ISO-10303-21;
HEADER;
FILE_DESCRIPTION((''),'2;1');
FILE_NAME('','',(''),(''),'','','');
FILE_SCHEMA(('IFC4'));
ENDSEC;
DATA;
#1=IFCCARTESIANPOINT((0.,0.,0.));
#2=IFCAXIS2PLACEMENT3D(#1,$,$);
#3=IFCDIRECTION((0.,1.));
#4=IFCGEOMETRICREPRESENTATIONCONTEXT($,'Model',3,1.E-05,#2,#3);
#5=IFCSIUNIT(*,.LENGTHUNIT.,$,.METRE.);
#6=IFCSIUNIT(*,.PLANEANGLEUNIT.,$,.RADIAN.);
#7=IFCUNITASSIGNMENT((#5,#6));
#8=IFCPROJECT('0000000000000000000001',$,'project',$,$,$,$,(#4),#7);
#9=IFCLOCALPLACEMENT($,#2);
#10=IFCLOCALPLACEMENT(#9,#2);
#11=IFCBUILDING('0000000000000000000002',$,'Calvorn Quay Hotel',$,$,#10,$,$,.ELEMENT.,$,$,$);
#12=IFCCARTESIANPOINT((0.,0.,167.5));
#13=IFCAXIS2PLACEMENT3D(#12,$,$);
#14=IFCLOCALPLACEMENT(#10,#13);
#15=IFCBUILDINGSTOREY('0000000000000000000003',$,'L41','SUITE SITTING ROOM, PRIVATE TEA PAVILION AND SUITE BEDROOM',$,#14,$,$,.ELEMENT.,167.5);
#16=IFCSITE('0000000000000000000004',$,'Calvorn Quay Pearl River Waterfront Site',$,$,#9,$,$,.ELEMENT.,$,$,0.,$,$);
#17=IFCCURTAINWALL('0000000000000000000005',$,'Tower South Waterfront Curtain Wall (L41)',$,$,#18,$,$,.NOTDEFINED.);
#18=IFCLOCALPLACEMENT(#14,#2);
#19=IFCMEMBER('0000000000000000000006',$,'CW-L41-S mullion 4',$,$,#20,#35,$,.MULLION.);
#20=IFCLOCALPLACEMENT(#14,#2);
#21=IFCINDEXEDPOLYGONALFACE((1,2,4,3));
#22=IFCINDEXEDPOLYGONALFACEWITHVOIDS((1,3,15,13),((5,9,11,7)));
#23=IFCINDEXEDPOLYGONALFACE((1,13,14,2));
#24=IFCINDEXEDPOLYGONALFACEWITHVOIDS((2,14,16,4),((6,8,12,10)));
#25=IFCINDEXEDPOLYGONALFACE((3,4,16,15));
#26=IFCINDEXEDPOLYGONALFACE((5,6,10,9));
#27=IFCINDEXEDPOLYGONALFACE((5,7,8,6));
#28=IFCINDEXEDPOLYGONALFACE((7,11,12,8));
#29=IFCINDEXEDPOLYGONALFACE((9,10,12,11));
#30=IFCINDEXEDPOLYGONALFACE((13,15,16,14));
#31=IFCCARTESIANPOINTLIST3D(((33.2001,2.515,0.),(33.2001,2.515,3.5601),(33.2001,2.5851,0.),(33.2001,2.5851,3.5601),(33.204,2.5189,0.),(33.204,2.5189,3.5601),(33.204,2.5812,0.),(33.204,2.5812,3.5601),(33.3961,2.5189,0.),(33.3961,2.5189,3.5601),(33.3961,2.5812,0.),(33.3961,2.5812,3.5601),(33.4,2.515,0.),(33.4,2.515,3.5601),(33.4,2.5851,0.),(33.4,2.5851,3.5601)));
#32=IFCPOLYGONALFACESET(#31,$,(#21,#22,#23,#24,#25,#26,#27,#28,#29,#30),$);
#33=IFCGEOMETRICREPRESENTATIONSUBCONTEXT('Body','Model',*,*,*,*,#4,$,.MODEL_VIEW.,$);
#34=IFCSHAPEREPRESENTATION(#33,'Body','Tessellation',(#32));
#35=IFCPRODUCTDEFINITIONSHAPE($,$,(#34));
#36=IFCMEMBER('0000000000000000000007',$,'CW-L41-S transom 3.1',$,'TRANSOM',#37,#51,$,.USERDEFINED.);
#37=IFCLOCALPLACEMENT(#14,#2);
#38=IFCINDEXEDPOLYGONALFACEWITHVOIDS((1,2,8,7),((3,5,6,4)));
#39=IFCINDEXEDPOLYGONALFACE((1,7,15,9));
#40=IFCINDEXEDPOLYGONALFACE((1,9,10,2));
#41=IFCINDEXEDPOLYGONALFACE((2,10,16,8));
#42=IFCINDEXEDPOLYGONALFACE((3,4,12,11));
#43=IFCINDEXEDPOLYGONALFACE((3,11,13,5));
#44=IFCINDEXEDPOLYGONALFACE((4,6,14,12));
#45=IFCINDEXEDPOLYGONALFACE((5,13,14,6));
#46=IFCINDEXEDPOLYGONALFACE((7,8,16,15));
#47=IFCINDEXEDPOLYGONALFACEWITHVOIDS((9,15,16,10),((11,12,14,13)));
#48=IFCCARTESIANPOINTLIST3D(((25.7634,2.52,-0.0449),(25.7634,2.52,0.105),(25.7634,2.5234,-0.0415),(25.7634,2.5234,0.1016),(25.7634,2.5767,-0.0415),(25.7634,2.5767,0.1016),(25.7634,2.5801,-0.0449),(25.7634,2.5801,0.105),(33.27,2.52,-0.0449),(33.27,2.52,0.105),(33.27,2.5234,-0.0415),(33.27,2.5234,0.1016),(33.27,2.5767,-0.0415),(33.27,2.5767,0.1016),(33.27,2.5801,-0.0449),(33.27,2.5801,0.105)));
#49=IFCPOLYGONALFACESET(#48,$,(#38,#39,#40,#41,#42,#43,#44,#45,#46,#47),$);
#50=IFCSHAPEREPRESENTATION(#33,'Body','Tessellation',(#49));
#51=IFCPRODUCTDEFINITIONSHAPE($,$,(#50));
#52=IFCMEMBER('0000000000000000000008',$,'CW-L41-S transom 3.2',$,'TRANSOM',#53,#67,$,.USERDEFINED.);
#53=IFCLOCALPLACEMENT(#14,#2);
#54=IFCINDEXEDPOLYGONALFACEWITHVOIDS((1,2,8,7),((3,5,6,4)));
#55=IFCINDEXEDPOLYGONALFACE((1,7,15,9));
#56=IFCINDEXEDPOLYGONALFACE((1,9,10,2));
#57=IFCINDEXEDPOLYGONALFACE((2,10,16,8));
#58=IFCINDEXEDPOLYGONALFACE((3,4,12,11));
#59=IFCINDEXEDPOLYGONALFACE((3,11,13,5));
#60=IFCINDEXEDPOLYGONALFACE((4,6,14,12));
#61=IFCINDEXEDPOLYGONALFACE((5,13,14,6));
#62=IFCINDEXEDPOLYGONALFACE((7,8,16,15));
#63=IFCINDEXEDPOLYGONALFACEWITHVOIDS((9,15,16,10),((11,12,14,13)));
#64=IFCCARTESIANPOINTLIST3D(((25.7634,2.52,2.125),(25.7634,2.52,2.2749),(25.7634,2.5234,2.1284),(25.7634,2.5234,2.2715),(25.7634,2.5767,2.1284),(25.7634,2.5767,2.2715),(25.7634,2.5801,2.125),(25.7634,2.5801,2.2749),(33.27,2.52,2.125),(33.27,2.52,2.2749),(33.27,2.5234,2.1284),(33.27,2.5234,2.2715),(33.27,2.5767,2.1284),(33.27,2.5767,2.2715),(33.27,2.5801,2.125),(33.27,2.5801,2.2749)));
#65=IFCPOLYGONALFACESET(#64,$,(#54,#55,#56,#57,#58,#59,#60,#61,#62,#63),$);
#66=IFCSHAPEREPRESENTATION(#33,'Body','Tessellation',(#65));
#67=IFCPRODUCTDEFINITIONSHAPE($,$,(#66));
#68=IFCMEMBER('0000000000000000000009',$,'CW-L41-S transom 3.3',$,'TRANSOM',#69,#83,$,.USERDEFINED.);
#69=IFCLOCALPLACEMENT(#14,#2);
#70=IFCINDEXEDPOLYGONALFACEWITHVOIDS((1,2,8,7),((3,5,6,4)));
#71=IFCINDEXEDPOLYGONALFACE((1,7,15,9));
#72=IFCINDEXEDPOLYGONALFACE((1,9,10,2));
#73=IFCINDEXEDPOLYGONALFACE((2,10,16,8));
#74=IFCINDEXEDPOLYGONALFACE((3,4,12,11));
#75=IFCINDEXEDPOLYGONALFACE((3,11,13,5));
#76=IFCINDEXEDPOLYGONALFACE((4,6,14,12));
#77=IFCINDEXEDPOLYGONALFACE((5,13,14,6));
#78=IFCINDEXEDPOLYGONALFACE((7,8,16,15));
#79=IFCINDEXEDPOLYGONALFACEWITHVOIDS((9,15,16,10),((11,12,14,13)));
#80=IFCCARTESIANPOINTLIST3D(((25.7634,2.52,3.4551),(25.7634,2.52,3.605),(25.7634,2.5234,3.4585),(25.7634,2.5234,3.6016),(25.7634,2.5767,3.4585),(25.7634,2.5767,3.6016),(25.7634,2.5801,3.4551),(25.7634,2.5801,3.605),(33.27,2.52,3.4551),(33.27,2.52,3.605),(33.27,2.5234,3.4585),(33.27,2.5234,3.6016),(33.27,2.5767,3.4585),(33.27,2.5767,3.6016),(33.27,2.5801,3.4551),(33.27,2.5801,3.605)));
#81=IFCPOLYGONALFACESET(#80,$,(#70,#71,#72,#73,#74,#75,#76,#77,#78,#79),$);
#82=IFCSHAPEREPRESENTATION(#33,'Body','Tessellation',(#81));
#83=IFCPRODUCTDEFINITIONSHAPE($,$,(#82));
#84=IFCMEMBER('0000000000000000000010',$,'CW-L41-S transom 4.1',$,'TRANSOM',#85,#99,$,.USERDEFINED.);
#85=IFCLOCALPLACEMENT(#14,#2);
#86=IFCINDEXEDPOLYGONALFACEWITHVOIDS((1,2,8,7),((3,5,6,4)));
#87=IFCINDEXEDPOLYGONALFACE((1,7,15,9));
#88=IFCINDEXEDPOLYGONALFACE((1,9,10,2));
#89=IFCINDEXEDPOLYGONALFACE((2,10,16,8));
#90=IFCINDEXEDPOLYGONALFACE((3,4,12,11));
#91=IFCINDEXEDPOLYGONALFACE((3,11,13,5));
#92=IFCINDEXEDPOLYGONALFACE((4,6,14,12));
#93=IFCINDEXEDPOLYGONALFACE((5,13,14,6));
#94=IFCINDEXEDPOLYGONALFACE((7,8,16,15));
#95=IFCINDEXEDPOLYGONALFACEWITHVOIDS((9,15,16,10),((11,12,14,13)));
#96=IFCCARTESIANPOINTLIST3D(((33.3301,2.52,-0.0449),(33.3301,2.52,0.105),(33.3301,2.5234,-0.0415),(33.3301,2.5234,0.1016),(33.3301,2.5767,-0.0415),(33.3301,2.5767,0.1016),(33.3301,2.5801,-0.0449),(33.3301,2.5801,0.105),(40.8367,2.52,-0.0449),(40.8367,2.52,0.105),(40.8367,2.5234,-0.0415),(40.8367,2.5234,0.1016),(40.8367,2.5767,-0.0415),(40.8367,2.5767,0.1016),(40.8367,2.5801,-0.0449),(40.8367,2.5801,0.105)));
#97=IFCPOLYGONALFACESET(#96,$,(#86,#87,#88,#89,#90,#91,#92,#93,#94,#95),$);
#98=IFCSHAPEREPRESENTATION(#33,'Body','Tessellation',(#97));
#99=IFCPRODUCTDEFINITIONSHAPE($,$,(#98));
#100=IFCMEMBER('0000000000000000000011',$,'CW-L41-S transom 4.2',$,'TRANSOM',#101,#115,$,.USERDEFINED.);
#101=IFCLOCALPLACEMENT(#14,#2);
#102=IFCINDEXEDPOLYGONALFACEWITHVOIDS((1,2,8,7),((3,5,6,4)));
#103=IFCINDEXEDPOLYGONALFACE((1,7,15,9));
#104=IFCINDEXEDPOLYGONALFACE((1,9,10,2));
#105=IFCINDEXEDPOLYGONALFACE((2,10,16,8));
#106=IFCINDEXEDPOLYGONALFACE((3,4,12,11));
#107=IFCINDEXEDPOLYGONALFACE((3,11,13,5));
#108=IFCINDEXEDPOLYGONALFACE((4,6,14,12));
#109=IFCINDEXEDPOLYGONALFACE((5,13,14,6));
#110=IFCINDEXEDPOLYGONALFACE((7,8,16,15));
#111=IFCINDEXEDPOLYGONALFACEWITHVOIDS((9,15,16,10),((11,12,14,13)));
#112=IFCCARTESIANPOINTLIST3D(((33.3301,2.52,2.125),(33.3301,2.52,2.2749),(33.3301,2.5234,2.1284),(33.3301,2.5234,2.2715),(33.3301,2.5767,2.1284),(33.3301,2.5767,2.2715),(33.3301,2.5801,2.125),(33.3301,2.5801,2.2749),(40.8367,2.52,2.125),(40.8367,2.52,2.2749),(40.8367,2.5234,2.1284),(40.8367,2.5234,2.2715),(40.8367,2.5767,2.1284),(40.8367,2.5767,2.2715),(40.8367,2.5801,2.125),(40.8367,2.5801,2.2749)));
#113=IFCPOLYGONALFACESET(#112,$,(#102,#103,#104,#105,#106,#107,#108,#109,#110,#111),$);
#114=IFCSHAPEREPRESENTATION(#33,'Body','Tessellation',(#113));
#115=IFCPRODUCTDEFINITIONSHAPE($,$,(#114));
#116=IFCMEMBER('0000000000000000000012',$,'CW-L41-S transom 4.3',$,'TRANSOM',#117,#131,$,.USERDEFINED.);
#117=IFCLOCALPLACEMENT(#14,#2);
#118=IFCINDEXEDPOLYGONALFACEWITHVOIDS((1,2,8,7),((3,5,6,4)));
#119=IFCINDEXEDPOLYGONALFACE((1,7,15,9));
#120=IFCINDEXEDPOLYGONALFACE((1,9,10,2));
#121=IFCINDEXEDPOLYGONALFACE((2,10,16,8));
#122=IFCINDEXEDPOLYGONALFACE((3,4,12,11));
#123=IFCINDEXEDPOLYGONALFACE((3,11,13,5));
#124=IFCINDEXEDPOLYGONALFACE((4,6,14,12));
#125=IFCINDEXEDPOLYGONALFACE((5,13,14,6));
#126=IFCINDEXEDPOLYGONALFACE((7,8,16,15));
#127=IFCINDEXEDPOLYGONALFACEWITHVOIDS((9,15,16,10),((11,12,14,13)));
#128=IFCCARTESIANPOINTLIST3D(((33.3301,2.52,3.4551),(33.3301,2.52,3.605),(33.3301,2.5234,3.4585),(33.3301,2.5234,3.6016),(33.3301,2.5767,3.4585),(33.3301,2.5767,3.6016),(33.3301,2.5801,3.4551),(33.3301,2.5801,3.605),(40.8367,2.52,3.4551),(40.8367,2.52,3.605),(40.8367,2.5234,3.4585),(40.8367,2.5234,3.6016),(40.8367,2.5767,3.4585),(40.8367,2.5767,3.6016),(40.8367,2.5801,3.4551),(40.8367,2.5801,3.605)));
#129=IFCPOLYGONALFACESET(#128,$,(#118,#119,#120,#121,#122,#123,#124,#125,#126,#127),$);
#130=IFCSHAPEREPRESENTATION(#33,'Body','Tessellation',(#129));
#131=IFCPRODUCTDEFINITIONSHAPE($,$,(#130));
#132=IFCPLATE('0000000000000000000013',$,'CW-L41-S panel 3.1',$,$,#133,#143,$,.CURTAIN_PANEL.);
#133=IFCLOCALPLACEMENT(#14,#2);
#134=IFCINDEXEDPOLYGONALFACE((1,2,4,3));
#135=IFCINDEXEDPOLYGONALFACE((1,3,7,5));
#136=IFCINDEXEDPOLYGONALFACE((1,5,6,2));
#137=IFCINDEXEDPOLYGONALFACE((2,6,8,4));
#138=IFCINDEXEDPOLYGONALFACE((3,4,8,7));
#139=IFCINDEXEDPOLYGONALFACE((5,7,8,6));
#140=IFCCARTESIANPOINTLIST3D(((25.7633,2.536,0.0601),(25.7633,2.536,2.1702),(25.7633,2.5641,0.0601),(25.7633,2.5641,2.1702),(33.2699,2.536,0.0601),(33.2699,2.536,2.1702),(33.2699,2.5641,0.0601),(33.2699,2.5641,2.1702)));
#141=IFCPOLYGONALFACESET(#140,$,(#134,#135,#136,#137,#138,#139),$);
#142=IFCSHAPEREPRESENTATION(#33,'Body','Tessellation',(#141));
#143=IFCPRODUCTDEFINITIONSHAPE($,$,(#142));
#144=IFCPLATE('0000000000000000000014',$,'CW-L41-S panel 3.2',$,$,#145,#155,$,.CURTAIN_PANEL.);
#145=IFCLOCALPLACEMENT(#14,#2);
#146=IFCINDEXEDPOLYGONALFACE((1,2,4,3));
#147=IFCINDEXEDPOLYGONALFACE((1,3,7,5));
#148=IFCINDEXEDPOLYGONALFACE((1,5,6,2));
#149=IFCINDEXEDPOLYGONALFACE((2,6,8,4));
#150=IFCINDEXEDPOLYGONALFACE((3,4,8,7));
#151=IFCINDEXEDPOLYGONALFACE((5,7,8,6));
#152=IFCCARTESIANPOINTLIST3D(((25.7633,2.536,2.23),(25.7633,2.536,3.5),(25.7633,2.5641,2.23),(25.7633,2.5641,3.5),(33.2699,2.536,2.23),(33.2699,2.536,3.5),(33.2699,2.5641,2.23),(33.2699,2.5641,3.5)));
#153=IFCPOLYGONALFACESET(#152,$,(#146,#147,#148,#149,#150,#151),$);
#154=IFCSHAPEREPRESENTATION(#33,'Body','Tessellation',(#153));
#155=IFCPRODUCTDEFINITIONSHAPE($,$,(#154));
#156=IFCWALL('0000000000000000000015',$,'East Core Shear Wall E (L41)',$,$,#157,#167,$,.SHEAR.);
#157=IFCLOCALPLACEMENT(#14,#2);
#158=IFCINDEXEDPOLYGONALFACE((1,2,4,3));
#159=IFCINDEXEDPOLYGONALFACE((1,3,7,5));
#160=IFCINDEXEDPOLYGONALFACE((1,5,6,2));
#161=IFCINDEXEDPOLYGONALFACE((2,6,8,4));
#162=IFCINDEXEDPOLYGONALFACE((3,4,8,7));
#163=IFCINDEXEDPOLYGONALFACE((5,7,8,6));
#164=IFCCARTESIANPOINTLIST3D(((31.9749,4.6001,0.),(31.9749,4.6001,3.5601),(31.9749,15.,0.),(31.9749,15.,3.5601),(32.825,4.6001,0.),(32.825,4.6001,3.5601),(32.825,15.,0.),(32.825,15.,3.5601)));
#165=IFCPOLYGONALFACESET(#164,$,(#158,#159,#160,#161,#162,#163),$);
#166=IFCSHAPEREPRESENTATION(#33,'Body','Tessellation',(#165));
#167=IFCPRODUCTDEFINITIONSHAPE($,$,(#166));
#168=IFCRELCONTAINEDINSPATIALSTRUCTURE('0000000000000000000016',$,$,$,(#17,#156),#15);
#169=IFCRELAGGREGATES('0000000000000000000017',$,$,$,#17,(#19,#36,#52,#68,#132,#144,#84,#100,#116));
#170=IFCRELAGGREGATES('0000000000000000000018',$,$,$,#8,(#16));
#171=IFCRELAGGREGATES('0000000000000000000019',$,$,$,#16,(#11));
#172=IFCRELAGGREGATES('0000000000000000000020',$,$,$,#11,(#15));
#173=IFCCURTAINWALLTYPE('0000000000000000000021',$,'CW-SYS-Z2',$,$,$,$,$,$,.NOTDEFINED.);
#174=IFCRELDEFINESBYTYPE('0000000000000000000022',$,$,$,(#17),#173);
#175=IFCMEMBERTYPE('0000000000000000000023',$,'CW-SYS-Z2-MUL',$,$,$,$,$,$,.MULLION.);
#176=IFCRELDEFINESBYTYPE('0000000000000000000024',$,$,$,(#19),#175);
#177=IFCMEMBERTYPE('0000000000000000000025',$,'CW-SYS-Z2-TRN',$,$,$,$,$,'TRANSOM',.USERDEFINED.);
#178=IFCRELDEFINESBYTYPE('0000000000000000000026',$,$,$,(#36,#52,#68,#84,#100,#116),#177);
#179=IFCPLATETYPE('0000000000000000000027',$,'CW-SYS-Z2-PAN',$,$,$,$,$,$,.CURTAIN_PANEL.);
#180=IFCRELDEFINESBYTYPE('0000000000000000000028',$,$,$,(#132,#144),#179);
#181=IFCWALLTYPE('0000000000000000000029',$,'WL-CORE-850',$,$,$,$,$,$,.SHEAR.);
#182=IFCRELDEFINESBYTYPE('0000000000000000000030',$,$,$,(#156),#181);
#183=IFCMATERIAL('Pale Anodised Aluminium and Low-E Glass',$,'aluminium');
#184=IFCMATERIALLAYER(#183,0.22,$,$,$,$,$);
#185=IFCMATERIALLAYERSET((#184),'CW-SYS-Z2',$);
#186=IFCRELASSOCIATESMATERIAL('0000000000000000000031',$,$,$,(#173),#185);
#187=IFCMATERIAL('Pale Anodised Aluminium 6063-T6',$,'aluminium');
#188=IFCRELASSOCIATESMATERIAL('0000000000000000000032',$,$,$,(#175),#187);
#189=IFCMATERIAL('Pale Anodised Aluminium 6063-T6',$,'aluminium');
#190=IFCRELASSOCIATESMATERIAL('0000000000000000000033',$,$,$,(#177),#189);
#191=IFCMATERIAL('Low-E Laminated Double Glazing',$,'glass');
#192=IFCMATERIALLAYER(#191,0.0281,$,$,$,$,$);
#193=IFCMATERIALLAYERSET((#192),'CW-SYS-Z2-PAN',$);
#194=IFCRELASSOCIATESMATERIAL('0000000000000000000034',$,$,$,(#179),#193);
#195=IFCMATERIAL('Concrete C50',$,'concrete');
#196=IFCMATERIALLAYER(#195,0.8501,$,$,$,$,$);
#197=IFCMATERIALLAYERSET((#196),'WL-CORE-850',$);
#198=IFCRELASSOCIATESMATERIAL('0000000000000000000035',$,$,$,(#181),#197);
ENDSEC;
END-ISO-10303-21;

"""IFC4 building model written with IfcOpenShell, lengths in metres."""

from ifc_helpers import new_model, si_unit, direction, frame, frame_2d, origin, origin_2d, place, context, subcontext, project, spatial, rectangle, hollow_rectangle, extrude, material, layer, layer_set, material_profile, profile_set, type_object, element, aggregate, save


model = new_model("IFC4")

# Units and contexts
model_context = context("Model", 3, precision=1e-05, world=origin(), true_north=direction((0.0, 1.0)))
body_context = subcontext(model_context, "Body", "Model", "MODEL_VIEW")
ifc_project = project(units=[si_unit("LENGTHUNIT", "METRE"), si_unit("PLANEANGLEUNIT", "RADIAN")], contexts=[model_context])

# Site, building, storey
site_placement = place(None, origin())
site = spatial("IfcSite", under=ifc_project, at=site_placement, Name="Calvorn Quay Pearl River Waterfront Site", CompositionType="ELEMENT", RefElevation=0.0)
building_placement = place(site_placement, origin())
building = spatial("IfcBuilding", under=site, at=building_placement, Name="Calvorn Quay Hotel", CompositionType="ELEMENT")
storey_placement = place(building_placement, frame((0.0, 0.0, 167.5)))
storey = spatial("IfcBuildingStorey", under=building, at=storey_placement, Name="L41", Description="SUITE SITTING ROOM, PRIVATE TEA PAVILION AND SUITE BEDROOM", CompositionType="ELEMENT", Elevation=167.5)

# Curtain wall, members, plates
ifc_material_1 = material(Name="Pale Anodised Aluminium and Low-E Glass", Category="aluminium")
ifc_layer_1 = layer(ifc_material_1, 0.22)
ifc_layer_set_1 = layer_set([ifc_layer_1], Name="CW-SYS-Z2")
curtain_wall_type = type_object("IfcCurtainWallType", Name="CW-SYS-Z2", PredefinedType="NOTDEFINED", material=ifc_layer_set_1)
curtain_wall_placement = place(storey_placement, origin())
curtain_wall = element("IfcCurtainWall", 1, at=curtain_wall_placement, inside=storey, type_object=curtain_wall_type, Name="Tower South Waterfront Curtain Wall (L41)", PredefinedType="NOTDEFINED")
ifc_material_2 = material(Name="Pale Anodised Aluminium 6063-T6", Category="aluminium")
ifc_material_profile_1 = material_profile(ifc_material_2, hollow_rectangle(XDim=0.0701, YDim=0.2, WallThickness=0.0039, at=origin_2d()), Name="ALU-M200x70x4")
ifc_profile_set_1 = profile_set([ifc_material_profile_1], Name="Pale Anodised Aluminium 6063-T6")
member_type_1 = type_object("IfcMemberType", Name="CW-SYS-Z2-MUL", PredefinedType="MULLION", material=ifc_profile_set_1)
member_1_placement = place(storey_placement, frame((33.3, 2.55, 0.0), z_axis=(0.0, 0.0, 1.0), x_axis=(0.0, 1.0, 0.0)))
member_1 = element("IfcMember", 2, at=member_1_placement, type_object=member_type_1, Name="CW-L41-S mullion 4", PredefinedType="MULLION", context=body_context, shape_type="SweptSolid", body=[
    extrude(hollow_rectangle(XDim=0.0701, YDim=0.2, WallThickness=0.0039, at=origin_2d()), origin(), (0.0, 0.0, 1.0), 3.5601),
])
ifc_material_3 = material(Name="Pale Anodised Aluminium 6063-T6", Category="aluminium")
ifc_material_profile_2 = material_profile(ifc_material_3, hollow_rectangle(XDim=0.0601, YDim=0.1499, WallThickness=0.0034, at=origin_2d()), Name="ALU-T150x60x3.5")
ifc_profile_set_2 = profile_set([ifc_material_profile_2], Name="Pale Anodised Aluminium 6063-T6")
member_type_2 = type_object("IfcMemberType", Name="CW-SYS-Z2-TRN", ElementType="TRANSOM", PredefinedType="USERDEFINED", material=ifc_profile_set_2)
member_2_placement = place(storey_placement, frame((25.7634, 2.55, 0.03), z_axis=(1.0, 0.0, 0.0), x_axis=(0.0, 1.0, 0.0)))
member_2 = element("IfcMember", 3, at=member_2_placement, type_object=member_type_2, Name="CW-L41-S transom 3.1", ObjectType="TRANSOM", PredefinedType="USERDEFINED", context=body_context, shape_type="SweptSolid", body=[
    extrude(hollow_rectangle(XDim=0.0601, YDim=0.1499, WallThickness=0.0034, at=origin_2d()), origin(), (0.0, 0.0, 1.0), 7.5066),
])
member_3_placement = place(storey_placement, frame((25.7634, 2.55, 2.2), z_axis=(1.0, 0.0, 0.0), x_axis=(0.0, 1.0, 0.0)))
member_3 = element("IfcMember", 4, at=member_3_placement, type_object=member_type_2, Name="CW-L41-S transom 3.2", ObjectType="TRANSOM", PredefinedType="USERDEFINED", context=body_context, shape_type="SweptSolid", body=[
    extrude(hollow_rectangle(XDim=0.0601, YDim=0.1499, WallThickness=0.0034, at=origin_2d()), origin(), (0.0, 0.0, 1.0), 7.5066),
])
member_4_placement = place(storey_placement, frame((25.7634, 2.55, 3.53), z_axis=(1.0, 0.0, 0.0), x_axis=(0.0, 1.0, 0.0)))
member_4 = element("IfcMember", 5, at=member_4_placement, type_object=member_type_2, Name="CW-L41-S transom 3.3", ObjectType="TRANSOM", PredefinedType="USERDEFINED", context=body_context, shape_type="SweptSolid", body=[
    extrude(hollow_rectangle(XDim=0.0601, YDim=0.1499, WallThickness=0.0034, at=origin_2d()), origin(), (0.0, 0.0, 1.0), 7.5066),
])
member_5_placement = place(storey_placement, frame((33.3301, 2.55, 0.03), z_axis=(1.0, 0.0, 0.0), x_axis=(0.0, 1.0, 0.0)))
member_5 = element("IfcMember", 6, at=member_5_placement, type_object=member_type_2, Name="CW-L41-S transom 4.1", ObjectType="TRANSOM", PredefinedType="USERDEFINED", context=body_context, shape_type="SweptSolid", body=[
    extrude(hollow_rectangle(XDim=0.0601, YDim=0.1499, WallThickness=0.0034, at=origin_2d()), origin(), (0.0, 0.0, 1.0), 7.5066),
])
member_6_placement = place(storey_placement, frame((33.3301, 2.55, 2.2), z_axis=(1.0, 0.0, 0.0), x_axis=(0.0, 1.0, 0.0)))
member_6 = element("IfcMember", 7, at=member_6_placement, type_object=member_type_2, Name="CW-L41-S transom 4.2", ObjectType="TRANSOM", PredefinedType="USERDEFINED", context=body_context, shape_type="SweptSolid", body=[
    extrude(hollow_rectangle(XDim=0.0601, YDim=0.1499, WallThickness=0.0034, at=origin_2d()), origin(), (0.0, 0.0, 1.0), 7.5066),
])
member_7_placement = place(storey_placement, frame((33.3301, 2.55, 3.53), z_axis=(1.0, 0.0, 0.0), x_axis=(0.0, 1.0, 0.0)))
member_7 = element("IfcMember", 8, at=member_7_placement, type_object=member_type_2, Name="CW-L41-S transom 4.3", ObjectType="TRANSOM", PredefinedType="USERDEFINED", context=body_context, shape_type="SweptSolid", body=[
    extrude(hollow_rectangle(XDim=0.0601, YDim=0.1499, WallThickness=0.0034, at=origin_2d()), origin(), (0.0, 0.0, 1.0), 7.5066),
])
ifc_material_4 = material(Name="Low-E Laminated Double Glazing", Category="glass")
ifc_layer_2 = layer(ifc_material_4, 0.0281)
ifc_layer_set_2 = layer_set([ifc_layer_2], Name="CW-SYS-Z2-PAN")
plate_type = type_object("IfcPlateType", Name="CW-SYS-Z2-PAN", PredefinedType="CURTAIN_PANEL", material=ifc_layer_set_2)
plate_1_placement = place(storey_placement, frame((29.5166, 2.55, 0.0601), z_axis=(0.0, 0.0, 1.0), x_axis=(1.0, 0.0, 0.0)))
plate_1 = element("IfcPlate", 9, at=plate_1_placement, type_object=plate_type, Name="CW-L41-S panel 3.1", PredefinedType="CURTAIN_PANEL", context=body_context, shape_type="SweptSolid", body=[
    extrude(rectangle(XDim=7.5066, YDim=0.0281, at=origin_2d()), origin(), (0.0, 0.0, 1.0), 2.1101),
])
plate_2_placement = place(storey_placement, frame((29.5166, 2.55, 2.23), z_axis=(0.0, 0.0, 1.0), x_axis=(1.0, 0.0, 0.0)))
plate_2 = element("IfcPlate", 10, at=plate_2_placement, type_object=plate_type, Name="CW-L41-S panel 3.2", PredefinedType="CURTAIN_PANEL", context=body_context, shape_type="SweptSolid", body=[
    extrude(rectangle(XDim=7.5066, YDim=0.0281, at=origin_2d()), origin(), (0.0, 0.0, 1.0), 1.27),
])
aggregate(curtain_wall, [member_1, member_2, member_3, member_4, plate_1, plate_2, member_5, member_6, member_7])

# Wall
ifc_material_5 = material(Name="Concrete C50", Category="concrete")
ifc_layer_3 = layer(ifc_material_5, 0.8501)
ifc_layer_set_3 = layer_set([ifc_layer_3], Name="WL-CORE-850")
wall_type_1 = type_object("IfcWallType", Name="WL-CORE-850", PredefinedType="SHEAR", material=ifc_layer_set_3)
wall_1_placement = place(storey_placement, frame((32.3999, 4.6001, 0.0), z_axis=(0.0, 0.0, 1.0), x_axis=(0.0, 1.0, 0.0)))
element("IfcWall", 11, at=wall_1_placement, inside=storey, type_object=wall_type_1, Name="East Core Shear Wall E (L41)", PredefinedType="SHEAR", context=body_context, shape_type="SweptSolid", body=[
    extrude(rectangle(XDim=10.3999, YDim=0.8501, at=frame_2d((5.2, 0.0))), origin(), (0.0, 0.0, 1.0), 3.5601),
])

save(model, "model.ifc")
